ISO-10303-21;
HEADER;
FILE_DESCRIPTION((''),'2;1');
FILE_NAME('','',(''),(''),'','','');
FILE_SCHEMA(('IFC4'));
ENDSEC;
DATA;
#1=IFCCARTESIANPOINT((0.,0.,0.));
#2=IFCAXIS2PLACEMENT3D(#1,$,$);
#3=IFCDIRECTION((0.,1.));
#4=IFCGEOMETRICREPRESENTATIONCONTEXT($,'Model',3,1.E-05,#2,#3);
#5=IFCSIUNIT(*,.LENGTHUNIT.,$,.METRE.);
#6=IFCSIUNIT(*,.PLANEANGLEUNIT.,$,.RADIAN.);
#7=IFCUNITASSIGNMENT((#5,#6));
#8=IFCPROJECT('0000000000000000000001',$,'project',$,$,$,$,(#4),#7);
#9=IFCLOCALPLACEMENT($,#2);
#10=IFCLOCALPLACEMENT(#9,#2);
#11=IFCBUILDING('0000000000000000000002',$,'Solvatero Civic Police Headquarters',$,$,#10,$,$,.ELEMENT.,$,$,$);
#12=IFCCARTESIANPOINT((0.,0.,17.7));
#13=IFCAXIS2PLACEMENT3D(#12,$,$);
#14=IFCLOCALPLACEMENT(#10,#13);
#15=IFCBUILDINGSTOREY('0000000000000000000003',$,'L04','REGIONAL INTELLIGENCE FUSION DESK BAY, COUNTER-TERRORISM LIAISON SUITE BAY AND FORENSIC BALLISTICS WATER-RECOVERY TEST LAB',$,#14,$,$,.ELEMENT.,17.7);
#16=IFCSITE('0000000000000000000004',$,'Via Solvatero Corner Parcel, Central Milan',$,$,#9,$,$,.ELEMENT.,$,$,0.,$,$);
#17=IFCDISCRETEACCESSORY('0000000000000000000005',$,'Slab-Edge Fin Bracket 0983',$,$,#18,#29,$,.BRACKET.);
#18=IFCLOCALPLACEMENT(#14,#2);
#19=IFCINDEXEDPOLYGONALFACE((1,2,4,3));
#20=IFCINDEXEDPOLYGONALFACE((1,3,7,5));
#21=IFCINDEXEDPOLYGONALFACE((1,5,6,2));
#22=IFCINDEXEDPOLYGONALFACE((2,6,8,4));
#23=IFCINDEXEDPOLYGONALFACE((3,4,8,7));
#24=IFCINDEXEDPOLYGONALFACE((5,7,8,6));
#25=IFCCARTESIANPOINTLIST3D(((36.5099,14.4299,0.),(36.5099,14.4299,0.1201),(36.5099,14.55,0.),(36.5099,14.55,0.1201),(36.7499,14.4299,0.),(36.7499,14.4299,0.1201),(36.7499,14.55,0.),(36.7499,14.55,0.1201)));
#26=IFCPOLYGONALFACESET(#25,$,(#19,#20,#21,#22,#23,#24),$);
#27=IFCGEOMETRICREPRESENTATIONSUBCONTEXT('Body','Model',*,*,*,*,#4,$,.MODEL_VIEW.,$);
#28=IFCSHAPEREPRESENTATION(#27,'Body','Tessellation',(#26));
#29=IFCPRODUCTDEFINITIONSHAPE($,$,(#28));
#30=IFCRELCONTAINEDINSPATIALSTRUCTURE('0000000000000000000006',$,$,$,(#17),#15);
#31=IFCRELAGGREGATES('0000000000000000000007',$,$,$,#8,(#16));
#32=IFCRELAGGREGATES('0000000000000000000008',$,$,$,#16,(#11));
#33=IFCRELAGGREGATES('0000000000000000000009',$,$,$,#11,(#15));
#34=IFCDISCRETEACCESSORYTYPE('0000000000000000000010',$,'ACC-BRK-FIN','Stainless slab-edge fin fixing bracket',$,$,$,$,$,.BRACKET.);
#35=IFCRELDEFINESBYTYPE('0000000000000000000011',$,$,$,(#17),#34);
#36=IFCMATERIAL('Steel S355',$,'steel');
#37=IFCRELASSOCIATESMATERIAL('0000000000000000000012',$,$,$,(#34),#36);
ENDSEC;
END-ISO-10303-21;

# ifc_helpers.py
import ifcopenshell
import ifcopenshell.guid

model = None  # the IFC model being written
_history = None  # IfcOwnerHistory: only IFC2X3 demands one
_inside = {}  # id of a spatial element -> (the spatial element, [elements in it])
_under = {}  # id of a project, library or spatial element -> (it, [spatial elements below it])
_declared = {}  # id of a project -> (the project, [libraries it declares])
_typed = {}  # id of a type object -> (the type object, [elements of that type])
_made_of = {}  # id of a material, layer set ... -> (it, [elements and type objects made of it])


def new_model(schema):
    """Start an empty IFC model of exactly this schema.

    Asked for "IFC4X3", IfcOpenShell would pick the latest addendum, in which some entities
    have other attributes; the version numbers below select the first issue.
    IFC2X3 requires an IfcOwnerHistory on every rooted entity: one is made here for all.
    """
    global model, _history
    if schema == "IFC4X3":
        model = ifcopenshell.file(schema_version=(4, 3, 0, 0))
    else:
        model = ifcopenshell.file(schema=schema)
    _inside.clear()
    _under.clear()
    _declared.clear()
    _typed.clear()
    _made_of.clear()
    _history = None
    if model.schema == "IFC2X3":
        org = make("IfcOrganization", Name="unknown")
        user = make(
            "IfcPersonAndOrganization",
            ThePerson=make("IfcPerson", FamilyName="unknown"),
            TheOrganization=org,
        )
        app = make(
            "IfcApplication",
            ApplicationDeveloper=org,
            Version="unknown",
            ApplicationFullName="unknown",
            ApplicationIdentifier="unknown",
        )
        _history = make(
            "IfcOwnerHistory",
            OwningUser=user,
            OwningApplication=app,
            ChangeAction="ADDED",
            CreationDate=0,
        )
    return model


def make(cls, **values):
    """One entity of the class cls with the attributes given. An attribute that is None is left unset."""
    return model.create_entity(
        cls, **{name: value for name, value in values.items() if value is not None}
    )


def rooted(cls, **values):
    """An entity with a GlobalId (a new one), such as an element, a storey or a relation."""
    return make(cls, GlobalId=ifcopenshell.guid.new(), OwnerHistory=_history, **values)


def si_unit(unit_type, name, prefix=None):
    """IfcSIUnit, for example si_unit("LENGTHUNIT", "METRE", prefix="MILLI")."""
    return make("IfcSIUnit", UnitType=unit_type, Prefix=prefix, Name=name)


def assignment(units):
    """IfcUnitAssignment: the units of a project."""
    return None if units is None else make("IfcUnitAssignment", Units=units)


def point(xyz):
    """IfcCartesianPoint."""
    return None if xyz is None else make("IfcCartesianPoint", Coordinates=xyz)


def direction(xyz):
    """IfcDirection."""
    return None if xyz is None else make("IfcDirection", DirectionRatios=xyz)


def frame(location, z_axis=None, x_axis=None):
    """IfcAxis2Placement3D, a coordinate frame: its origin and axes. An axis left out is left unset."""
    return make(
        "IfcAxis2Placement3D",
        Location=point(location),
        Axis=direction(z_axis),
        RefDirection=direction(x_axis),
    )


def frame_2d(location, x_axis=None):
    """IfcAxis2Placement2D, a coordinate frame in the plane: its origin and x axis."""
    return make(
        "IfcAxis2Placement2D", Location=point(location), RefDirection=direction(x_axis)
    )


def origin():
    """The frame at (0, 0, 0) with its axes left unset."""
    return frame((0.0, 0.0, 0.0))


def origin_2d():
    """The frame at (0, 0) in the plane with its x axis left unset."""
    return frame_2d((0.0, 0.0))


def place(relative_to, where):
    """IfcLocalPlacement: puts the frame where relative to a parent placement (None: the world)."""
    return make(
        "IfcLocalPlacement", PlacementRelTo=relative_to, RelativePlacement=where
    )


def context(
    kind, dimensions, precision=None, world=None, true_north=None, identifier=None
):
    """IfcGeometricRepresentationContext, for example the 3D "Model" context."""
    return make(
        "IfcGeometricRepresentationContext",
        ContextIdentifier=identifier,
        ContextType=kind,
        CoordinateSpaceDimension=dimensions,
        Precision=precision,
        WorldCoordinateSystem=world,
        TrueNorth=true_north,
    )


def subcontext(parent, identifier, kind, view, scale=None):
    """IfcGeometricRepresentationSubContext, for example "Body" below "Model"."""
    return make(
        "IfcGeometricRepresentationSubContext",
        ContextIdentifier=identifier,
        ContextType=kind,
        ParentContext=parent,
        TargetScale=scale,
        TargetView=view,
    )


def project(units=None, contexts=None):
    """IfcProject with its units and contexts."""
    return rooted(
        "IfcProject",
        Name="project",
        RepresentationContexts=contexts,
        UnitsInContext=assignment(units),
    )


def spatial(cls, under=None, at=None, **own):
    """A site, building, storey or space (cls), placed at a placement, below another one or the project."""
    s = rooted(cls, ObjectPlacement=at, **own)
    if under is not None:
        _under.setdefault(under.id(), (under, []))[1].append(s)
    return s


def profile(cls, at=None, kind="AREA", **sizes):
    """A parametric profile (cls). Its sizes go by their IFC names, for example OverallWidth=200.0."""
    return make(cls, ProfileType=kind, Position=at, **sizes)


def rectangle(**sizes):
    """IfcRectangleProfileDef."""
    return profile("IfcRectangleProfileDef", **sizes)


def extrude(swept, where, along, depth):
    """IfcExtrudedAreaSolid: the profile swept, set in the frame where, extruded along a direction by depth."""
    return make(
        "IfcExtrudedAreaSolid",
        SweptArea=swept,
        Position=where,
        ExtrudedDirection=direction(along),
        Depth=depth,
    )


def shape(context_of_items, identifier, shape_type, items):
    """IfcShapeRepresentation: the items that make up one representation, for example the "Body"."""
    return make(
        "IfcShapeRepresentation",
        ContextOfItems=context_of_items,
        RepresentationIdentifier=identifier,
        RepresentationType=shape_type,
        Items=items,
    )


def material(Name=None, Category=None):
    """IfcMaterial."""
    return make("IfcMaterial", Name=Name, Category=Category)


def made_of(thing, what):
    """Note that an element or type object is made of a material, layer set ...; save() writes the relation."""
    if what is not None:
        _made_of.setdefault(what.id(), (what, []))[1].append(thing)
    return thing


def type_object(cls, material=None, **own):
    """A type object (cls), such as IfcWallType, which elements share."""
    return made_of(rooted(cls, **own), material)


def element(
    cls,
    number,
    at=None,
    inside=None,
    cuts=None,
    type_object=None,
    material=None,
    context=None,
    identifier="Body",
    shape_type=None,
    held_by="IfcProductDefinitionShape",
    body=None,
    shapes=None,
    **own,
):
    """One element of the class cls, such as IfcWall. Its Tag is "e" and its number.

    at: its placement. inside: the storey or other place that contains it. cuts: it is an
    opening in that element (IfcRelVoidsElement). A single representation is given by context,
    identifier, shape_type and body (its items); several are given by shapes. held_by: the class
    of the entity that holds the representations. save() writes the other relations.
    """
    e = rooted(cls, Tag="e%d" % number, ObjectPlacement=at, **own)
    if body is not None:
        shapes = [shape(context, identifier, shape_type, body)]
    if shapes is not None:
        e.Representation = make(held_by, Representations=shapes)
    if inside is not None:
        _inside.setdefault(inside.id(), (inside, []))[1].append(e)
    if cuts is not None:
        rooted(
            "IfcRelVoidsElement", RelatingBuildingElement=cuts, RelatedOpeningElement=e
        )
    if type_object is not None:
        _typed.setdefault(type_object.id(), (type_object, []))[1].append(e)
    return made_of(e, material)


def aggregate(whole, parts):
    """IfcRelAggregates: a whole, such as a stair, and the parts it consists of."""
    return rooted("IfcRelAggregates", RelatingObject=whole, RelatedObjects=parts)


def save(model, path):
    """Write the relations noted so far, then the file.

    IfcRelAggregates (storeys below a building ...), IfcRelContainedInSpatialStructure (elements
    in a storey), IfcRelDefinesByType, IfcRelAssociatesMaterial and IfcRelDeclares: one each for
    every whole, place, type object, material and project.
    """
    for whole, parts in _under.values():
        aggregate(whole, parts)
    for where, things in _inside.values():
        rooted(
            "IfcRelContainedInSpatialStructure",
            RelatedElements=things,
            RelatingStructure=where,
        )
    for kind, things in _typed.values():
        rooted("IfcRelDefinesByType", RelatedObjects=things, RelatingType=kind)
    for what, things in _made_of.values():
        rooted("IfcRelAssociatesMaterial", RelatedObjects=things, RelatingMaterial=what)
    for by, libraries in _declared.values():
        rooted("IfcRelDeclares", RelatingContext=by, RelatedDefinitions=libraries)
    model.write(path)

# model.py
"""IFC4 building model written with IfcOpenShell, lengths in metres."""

from ifc_helpers import new_model, si_unit, direction, frame, origin, origin_2d, place, context, subcontext, project, spatial, rectangle, extrude, material, type_object, element, save


model = new_model("IFC4")

# Units and contexts
model_context = context("Model", 3, precision=1e-05, world=origin(), true_north=direction((0.0, 1.0)))
body_context = subcontext(model_context, "Body", "Model", "MODEL_VIEW")
ifc_project = project(units=[si_unit("LENGTHUNIT", "METRE"), si_unit("PLANEANGLEUNIT", "RADIAN")], contexts=[model_context])

# Site, building, storey
site_placement = place(None, origin())
site = spatial("IfcSite", under=ifc_project, at=site_placement, Name="Via Solvatero Corner Parcel, Central Milan", CompositionType="ELEMENT", RefElevation=0.0)
building_placement = place(site_placement, origin())
building = spatial("IfcBuilding", under=site, at=building_placement, Name="Solvatero Civic Police Headquarters", CompositionType="ELEMENT")
storey_placement = place(building_placement, frame((0.0, 0.0, 17.7)))
storey = spatial("IfcBuildingStorey", under=building, at=storey_placement, Name="L04", Description="REGIONAL INTELLIGENCE FUSION DESK BAY, COUNTER-TERRORISM LIAISON SUITE BAY AND FORENSIC BALLISTICS WATER-RECOVERY TEST LAB", CompositionType="ELEMENT", Elevation=17.7)

# Discrete accessory
ifc_material_1 = material(Name="Steel S355", Category="steel")
discrete_accessory_type = type_object("IfcDiscreteAccessoryType", Name="ACC-BRK-FIN", Description="Stainless slab-edge fin fixing bracket", PredefinedType="BRACKET", material=ifc_material_1)
for number, where, z_axis, x_axis, name in (
    (1, (36.6299, 14.49, 0.0), (0.0, 0.0, 1.0), (0.0, -1.0, 0.0), "Slab-Edge Fin Bracket 0983"),
):
    element("IfcDiscreteAccessory", number, at=place(storey_placement, frame(where, z_axis=z_axis, x_axis=x_axis)), inside=storey, type_object=discrete_accessory_type, Name=name, PredefinedType="BRACKET", context=body_context, shape_type="SweptSolid", body=[
        extrude(rectangle(XDim=0.1201, YDim=0.24, at=origin_2d()), origin(), (0.0, 0.0, 1.0), 0.1201),
    ])

save(model, "model.ifc")
